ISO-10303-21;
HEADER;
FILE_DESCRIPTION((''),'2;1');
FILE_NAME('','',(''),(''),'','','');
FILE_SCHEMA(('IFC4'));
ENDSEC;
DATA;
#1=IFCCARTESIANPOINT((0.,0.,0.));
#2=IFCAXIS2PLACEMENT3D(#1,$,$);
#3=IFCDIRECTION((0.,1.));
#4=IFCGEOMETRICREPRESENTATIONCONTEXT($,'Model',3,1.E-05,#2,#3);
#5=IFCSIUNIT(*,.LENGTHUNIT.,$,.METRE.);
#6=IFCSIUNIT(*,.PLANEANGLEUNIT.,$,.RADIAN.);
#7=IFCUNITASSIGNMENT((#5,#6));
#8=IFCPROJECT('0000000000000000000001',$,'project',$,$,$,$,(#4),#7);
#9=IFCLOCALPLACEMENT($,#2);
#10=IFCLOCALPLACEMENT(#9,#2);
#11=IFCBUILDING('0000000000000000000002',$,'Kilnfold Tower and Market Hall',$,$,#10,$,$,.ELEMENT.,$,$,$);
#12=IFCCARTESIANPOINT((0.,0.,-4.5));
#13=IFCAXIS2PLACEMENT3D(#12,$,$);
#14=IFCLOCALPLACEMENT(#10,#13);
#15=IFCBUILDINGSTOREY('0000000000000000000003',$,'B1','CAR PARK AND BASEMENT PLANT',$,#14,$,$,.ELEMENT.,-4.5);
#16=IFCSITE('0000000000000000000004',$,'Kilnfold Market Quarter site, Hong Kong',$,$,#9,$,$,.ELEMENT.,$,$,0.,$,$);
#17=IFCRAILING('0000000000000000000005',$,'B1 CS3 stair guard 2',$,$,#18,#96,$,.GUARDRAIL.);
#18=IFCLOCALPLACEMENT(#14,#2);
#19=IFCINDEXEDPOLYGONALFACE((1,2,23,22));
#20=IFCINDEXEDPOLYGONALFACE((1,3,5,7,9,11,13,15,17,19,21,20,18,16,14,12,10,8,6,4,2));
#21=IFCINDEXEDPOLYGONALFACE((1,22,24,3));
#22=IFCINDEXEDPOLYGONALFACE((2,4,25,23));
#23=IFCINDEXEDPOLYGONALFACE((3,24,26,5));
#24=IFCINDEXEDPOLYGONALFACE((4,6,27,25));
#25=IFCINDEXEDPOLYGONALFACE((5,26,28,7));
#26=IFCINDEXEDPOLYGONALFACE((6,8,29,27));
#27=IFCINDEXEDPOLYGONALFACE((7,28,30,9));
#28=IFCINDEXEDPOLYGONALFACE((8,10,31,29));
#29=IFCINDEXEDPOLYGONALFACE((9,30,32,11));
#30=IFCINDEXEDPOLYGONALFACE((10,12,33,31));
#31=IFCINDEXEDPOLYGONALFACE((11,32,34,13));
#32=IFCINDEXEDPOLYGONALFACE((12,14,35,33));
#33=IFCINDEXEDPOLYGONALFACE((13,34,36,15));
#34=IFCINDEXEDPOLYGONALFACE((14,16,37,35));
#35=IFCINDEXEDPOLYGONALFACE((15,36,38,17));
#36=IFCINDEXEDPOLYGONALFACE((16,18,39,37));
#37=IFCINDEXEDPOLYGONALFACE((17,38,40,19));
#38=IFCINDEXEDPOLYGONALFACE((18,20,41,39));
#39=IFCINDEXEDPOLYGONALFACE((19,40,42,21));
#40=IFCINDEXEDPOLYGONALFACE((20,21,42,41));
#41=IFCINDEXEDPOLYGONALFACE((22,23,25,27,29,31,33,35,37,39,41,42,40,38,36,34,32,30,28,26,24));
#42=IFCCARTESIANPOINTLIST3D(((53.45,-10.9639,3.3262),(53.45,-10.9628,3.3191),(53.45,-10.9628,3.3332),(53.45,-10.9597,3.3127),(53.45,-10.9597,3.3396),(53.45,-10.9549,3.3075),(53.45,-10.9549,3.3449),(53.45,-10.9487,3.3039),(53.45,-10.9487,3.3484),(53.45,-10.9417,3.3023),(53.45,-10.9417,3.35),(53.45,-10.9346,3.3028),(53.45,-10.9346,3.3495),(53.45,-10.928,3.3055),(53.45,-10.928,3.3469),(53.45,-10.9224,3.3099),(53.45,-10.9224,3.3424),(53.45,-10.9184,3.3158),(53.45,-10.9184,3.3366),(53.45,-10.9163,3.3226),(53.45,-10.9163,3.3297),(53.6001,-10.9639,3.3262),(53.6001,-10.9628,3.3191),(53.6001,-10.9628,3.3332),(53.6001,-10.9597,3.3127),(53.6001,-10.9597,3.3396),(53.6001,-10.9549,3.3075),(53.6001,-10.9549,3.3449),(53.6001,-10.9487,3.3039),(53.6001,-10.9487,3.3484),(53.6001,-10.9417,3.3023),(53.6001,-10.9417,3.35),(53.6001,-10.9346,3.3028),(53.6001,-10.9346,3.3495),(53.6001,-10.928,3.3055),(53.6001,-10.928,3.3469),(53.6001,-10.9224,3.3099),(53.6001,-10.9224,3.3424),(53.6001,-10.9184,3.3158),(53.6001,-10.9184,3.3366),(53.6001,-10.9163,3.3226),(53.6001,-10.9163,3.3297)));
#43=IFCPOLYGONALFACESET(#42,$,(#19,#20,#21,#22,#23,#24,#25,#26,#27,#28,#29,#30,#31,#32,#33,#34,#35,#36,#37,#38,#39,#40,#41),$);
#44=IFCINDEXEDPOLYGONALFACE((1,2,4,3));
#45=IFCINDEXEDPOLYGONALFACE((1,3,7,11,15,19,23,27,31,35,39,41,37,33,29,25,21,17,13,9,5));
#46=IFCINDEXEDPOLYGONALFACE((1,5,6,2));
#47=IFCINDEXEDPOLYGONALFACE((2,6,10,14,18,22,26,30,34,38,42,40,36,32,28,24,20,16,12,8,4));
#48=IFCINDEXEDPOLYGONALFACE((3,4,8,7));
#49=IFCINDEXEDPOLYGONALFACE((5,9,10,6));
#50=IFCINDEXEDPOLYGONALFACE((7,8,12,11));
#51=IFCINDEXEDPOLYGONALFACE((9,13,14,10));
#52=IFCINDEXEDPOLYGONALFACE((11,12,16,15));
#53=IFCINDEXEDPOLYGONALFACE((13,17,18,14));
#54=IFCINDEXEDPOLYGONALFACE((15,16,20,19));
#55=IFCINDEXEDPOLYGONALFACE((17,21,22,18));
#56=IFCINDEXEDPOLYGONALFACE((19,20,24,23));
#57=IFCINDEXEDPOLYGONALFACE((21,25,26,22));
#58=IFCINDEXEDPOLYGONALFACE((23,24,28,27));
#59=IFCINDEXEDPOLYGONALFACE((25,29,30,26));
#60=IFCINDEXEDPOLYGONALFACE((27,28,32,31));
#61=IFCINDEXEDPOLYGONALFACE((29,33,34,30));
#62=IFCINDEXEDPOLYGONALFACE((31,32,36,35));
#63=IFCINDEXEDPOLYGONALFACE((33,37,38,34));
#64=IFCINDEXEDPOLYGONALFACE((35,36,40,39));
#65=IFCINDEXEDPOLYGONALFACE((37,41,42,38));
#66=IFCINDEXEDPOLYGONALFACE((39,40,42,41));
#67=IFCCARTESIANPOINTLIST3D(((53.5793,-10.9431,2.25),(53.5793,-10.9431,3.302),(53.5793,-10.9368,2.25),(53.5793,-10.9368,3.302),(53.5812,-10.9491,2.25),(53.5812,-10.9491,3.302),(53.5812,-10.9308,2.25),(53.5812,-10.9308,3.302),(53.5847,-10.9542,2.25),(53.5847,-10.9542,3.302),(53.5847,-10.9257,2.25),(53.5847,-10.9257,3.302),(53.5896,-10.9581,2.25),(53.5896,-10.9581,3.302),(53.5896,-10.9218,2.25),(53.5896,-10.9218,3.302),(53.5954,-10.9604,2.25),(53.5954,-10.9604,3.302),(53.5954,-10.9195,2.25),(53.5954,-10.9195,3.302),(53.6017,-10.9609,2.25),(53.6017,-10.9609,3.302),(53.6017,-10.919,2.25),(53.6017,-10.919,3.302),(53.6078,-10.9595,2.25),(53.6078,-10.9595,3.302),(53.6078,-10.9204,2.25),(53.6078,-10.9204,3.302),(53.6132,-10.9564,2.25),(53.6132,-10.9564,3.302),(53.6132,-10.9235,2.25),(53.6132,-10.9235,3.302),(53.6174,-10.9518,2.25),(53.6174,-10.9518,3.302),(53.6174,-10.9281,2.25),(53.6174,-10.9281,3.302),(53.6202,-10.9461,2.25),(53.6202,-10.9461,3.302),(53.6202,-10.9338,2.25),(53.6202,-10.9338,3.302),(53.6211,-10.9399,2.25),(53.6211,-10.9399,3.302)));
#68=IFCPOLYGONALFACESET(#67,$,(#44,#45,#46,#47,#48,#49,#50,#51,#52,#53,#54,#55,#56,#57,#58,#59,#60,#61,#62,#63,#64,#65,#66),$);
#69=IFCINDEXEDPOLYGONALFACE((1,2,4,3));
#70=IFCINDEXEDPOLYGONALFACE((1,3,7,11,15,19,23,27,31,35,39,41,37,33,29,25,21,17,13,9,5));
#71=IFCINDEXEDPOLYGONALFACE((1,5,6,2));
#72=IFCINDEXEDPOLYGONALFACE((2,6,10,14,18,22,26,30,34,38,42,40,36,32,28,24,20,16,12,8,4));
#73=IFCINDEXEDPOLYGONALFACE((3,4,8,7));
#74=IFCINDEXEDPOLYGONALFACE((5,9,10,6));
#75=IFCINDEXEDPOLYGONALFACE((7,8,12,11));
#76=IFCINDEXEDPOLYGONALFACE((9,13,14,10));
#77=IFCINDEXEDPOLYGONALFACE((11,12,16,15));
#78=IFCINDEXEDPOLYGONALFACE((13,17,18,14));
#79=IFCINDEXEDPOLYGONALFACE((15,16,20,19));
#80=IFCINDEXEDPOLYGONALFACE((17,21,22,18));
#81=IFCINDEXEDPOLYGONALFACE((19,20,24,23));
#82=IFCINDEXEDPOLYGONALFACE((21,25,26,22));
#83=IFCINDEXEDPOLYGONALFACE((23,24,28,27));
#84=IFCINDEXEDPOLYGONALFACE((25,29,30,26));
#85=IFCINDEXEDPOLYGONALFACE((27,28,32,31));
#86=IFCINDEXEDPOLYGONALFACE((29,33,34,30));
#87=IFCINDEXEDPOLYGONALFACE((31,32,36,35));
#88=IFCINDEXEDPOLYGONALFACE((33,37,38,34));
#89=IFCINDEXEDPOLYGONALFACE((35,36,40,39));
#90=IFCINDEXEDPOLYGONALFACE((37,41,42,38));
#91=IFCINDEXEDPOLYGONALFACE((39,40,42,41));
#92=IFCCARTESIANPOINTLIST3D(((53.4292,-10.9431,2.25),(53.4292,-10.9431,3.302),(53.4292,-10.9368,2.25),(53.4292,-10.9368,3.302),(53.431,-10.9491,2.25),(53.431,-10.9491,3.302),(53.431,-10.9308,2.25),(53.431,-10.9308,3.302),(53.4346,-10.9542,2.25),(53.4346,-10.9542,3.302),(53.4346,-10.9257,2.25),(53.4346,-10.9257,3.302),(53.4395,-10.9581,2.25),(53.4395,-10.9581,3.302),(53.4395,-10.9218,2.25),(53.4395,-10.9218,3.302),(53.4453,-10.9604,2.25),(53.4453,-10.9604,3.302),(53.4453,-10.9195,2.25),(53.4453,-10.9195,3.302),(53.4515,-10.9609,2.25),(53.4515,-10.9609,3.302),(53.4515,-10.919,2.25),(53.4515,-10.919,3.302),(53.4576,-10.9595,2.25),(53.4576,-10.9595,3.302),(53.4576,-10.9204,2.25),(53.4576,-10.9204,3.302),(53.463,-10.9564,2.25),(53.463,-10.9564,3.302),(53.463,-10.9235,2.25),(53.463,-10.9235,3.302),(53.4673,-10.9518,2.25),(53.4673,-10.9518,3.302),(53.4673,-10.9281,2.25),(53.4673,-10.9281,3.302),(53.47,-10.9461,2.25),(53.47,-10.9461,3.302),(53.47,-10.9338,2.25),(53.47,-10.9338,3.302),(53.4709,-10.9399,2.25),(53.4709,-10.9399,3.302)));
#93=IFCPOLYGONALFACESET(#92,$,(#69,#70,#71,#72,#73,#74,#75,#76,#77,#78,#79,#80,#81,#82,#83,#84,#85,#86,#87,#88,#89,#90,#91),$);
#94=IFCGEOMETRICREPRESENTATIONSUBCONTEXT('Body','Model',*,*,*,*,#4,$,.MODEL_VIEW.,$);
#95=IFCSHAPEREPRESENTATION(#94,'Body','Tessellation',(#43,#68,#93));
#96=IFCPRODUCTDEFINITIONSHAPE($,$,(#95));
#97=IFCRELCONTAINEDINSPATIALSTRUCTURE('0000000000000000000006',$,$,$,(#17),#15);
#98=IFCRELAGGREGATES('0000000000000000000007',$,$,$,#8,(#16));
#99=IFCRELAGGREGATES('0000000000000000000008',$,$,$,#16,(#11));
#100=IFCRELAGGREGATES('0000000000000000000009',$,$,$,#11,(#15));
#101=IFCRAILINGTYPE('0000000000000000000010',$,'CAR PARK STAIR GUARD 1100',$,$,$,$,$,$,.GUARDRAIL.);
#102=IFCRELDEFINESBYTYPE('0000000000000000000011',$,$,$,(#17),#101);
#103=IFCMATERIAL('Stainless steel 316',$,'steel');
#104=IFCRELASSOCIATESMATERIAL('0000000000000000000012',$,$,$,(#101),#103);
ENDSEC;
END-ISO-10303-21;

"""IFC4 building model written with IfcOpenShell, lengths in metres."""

from ifc_helpers import new_model, si_unit, direction, frame, origin, origin_2d, place, context, subcontext, project, spatial, circle, extrude, material, type_object, element, save


model = new_model("IFC4")

# Units and contexts
model_context = context("Model", 3, precision=1e-05, world=origin(), true_north=direction((0.0, 1.0)))
body_context = subcontext(model_context, "Body", "Model", "MODEL_VIEW")
ifc_project = project(units=[si_unit("LENGTHUNIT", "METRE"), si_unit("PLANEANGLEUNIT", "RADIAN")], contexts=[model_context])

# Site, building, storey
site_placement = place(None, origin())
site = spatial("IfcSite", under=ifc_project, at=site_placement, Name="Kilnfold Market Quarter site, Hong Kong", CompositionType="ELEMENT", RefElevation=0.0)
building_placement = place(site_placement, origin())
building = spatial("IfcBuilding", under=site, at=building_placement, Name="Kilnfold Tower and Market Hall", CompositionType="ELEMENT")
storey_placement = place(building_placement, frame((0.0, 0.0, -4.5)))
storey = spatial("IfcBuildingStorey", under=building, at=storey_placement, Name="B1", Description="CAR PARK AND BASEMENT PLANT", CompositionType="ELEMENT", Elevation=-4.5)

# Railing
ifc_material_1 = material(Name="Stainless steel 316", Category="steel")
railing_type_1 = type_object("IfcRailingType", Name="CAR PARK STAIR GUARD 1100", PredefinedType="GUARDRAIL", material=ifc_material_1)
railing_1_placement = place(storey_placement, frame((53.6001, -10.9399, 2.25)))
element("IfcRailing", 1, at=railing_1_placement, inside=storey, type_object=railing_type_1, Name="B1 CS3 stair guard 2", PredefinedType="GUARDRAIL", context=body_context, shape_type="SweptSolid", body=[
    extrude(circle(Radius=0.0239, at=origin_2d()), frame((0.0, 0.0, 1.0762), z_axis=(-1.0, 0.0, 0.0), x_axis=(0.0, -1.0, 0.0)), (0.0, 0.0, 1.0), 0.1501),
    extrude(circle(Radius=0.021, at=origin_2d()), origin(), (0.0, 0.0, 1.0), 1.052),
    extrude(circle(Radius=0.021, at=origin_2d()), frame((-0.1501, 0.0, 0.0)), (0.0, 0.0, 1.0), 1.052),
])

save(model, "model.ifc")
